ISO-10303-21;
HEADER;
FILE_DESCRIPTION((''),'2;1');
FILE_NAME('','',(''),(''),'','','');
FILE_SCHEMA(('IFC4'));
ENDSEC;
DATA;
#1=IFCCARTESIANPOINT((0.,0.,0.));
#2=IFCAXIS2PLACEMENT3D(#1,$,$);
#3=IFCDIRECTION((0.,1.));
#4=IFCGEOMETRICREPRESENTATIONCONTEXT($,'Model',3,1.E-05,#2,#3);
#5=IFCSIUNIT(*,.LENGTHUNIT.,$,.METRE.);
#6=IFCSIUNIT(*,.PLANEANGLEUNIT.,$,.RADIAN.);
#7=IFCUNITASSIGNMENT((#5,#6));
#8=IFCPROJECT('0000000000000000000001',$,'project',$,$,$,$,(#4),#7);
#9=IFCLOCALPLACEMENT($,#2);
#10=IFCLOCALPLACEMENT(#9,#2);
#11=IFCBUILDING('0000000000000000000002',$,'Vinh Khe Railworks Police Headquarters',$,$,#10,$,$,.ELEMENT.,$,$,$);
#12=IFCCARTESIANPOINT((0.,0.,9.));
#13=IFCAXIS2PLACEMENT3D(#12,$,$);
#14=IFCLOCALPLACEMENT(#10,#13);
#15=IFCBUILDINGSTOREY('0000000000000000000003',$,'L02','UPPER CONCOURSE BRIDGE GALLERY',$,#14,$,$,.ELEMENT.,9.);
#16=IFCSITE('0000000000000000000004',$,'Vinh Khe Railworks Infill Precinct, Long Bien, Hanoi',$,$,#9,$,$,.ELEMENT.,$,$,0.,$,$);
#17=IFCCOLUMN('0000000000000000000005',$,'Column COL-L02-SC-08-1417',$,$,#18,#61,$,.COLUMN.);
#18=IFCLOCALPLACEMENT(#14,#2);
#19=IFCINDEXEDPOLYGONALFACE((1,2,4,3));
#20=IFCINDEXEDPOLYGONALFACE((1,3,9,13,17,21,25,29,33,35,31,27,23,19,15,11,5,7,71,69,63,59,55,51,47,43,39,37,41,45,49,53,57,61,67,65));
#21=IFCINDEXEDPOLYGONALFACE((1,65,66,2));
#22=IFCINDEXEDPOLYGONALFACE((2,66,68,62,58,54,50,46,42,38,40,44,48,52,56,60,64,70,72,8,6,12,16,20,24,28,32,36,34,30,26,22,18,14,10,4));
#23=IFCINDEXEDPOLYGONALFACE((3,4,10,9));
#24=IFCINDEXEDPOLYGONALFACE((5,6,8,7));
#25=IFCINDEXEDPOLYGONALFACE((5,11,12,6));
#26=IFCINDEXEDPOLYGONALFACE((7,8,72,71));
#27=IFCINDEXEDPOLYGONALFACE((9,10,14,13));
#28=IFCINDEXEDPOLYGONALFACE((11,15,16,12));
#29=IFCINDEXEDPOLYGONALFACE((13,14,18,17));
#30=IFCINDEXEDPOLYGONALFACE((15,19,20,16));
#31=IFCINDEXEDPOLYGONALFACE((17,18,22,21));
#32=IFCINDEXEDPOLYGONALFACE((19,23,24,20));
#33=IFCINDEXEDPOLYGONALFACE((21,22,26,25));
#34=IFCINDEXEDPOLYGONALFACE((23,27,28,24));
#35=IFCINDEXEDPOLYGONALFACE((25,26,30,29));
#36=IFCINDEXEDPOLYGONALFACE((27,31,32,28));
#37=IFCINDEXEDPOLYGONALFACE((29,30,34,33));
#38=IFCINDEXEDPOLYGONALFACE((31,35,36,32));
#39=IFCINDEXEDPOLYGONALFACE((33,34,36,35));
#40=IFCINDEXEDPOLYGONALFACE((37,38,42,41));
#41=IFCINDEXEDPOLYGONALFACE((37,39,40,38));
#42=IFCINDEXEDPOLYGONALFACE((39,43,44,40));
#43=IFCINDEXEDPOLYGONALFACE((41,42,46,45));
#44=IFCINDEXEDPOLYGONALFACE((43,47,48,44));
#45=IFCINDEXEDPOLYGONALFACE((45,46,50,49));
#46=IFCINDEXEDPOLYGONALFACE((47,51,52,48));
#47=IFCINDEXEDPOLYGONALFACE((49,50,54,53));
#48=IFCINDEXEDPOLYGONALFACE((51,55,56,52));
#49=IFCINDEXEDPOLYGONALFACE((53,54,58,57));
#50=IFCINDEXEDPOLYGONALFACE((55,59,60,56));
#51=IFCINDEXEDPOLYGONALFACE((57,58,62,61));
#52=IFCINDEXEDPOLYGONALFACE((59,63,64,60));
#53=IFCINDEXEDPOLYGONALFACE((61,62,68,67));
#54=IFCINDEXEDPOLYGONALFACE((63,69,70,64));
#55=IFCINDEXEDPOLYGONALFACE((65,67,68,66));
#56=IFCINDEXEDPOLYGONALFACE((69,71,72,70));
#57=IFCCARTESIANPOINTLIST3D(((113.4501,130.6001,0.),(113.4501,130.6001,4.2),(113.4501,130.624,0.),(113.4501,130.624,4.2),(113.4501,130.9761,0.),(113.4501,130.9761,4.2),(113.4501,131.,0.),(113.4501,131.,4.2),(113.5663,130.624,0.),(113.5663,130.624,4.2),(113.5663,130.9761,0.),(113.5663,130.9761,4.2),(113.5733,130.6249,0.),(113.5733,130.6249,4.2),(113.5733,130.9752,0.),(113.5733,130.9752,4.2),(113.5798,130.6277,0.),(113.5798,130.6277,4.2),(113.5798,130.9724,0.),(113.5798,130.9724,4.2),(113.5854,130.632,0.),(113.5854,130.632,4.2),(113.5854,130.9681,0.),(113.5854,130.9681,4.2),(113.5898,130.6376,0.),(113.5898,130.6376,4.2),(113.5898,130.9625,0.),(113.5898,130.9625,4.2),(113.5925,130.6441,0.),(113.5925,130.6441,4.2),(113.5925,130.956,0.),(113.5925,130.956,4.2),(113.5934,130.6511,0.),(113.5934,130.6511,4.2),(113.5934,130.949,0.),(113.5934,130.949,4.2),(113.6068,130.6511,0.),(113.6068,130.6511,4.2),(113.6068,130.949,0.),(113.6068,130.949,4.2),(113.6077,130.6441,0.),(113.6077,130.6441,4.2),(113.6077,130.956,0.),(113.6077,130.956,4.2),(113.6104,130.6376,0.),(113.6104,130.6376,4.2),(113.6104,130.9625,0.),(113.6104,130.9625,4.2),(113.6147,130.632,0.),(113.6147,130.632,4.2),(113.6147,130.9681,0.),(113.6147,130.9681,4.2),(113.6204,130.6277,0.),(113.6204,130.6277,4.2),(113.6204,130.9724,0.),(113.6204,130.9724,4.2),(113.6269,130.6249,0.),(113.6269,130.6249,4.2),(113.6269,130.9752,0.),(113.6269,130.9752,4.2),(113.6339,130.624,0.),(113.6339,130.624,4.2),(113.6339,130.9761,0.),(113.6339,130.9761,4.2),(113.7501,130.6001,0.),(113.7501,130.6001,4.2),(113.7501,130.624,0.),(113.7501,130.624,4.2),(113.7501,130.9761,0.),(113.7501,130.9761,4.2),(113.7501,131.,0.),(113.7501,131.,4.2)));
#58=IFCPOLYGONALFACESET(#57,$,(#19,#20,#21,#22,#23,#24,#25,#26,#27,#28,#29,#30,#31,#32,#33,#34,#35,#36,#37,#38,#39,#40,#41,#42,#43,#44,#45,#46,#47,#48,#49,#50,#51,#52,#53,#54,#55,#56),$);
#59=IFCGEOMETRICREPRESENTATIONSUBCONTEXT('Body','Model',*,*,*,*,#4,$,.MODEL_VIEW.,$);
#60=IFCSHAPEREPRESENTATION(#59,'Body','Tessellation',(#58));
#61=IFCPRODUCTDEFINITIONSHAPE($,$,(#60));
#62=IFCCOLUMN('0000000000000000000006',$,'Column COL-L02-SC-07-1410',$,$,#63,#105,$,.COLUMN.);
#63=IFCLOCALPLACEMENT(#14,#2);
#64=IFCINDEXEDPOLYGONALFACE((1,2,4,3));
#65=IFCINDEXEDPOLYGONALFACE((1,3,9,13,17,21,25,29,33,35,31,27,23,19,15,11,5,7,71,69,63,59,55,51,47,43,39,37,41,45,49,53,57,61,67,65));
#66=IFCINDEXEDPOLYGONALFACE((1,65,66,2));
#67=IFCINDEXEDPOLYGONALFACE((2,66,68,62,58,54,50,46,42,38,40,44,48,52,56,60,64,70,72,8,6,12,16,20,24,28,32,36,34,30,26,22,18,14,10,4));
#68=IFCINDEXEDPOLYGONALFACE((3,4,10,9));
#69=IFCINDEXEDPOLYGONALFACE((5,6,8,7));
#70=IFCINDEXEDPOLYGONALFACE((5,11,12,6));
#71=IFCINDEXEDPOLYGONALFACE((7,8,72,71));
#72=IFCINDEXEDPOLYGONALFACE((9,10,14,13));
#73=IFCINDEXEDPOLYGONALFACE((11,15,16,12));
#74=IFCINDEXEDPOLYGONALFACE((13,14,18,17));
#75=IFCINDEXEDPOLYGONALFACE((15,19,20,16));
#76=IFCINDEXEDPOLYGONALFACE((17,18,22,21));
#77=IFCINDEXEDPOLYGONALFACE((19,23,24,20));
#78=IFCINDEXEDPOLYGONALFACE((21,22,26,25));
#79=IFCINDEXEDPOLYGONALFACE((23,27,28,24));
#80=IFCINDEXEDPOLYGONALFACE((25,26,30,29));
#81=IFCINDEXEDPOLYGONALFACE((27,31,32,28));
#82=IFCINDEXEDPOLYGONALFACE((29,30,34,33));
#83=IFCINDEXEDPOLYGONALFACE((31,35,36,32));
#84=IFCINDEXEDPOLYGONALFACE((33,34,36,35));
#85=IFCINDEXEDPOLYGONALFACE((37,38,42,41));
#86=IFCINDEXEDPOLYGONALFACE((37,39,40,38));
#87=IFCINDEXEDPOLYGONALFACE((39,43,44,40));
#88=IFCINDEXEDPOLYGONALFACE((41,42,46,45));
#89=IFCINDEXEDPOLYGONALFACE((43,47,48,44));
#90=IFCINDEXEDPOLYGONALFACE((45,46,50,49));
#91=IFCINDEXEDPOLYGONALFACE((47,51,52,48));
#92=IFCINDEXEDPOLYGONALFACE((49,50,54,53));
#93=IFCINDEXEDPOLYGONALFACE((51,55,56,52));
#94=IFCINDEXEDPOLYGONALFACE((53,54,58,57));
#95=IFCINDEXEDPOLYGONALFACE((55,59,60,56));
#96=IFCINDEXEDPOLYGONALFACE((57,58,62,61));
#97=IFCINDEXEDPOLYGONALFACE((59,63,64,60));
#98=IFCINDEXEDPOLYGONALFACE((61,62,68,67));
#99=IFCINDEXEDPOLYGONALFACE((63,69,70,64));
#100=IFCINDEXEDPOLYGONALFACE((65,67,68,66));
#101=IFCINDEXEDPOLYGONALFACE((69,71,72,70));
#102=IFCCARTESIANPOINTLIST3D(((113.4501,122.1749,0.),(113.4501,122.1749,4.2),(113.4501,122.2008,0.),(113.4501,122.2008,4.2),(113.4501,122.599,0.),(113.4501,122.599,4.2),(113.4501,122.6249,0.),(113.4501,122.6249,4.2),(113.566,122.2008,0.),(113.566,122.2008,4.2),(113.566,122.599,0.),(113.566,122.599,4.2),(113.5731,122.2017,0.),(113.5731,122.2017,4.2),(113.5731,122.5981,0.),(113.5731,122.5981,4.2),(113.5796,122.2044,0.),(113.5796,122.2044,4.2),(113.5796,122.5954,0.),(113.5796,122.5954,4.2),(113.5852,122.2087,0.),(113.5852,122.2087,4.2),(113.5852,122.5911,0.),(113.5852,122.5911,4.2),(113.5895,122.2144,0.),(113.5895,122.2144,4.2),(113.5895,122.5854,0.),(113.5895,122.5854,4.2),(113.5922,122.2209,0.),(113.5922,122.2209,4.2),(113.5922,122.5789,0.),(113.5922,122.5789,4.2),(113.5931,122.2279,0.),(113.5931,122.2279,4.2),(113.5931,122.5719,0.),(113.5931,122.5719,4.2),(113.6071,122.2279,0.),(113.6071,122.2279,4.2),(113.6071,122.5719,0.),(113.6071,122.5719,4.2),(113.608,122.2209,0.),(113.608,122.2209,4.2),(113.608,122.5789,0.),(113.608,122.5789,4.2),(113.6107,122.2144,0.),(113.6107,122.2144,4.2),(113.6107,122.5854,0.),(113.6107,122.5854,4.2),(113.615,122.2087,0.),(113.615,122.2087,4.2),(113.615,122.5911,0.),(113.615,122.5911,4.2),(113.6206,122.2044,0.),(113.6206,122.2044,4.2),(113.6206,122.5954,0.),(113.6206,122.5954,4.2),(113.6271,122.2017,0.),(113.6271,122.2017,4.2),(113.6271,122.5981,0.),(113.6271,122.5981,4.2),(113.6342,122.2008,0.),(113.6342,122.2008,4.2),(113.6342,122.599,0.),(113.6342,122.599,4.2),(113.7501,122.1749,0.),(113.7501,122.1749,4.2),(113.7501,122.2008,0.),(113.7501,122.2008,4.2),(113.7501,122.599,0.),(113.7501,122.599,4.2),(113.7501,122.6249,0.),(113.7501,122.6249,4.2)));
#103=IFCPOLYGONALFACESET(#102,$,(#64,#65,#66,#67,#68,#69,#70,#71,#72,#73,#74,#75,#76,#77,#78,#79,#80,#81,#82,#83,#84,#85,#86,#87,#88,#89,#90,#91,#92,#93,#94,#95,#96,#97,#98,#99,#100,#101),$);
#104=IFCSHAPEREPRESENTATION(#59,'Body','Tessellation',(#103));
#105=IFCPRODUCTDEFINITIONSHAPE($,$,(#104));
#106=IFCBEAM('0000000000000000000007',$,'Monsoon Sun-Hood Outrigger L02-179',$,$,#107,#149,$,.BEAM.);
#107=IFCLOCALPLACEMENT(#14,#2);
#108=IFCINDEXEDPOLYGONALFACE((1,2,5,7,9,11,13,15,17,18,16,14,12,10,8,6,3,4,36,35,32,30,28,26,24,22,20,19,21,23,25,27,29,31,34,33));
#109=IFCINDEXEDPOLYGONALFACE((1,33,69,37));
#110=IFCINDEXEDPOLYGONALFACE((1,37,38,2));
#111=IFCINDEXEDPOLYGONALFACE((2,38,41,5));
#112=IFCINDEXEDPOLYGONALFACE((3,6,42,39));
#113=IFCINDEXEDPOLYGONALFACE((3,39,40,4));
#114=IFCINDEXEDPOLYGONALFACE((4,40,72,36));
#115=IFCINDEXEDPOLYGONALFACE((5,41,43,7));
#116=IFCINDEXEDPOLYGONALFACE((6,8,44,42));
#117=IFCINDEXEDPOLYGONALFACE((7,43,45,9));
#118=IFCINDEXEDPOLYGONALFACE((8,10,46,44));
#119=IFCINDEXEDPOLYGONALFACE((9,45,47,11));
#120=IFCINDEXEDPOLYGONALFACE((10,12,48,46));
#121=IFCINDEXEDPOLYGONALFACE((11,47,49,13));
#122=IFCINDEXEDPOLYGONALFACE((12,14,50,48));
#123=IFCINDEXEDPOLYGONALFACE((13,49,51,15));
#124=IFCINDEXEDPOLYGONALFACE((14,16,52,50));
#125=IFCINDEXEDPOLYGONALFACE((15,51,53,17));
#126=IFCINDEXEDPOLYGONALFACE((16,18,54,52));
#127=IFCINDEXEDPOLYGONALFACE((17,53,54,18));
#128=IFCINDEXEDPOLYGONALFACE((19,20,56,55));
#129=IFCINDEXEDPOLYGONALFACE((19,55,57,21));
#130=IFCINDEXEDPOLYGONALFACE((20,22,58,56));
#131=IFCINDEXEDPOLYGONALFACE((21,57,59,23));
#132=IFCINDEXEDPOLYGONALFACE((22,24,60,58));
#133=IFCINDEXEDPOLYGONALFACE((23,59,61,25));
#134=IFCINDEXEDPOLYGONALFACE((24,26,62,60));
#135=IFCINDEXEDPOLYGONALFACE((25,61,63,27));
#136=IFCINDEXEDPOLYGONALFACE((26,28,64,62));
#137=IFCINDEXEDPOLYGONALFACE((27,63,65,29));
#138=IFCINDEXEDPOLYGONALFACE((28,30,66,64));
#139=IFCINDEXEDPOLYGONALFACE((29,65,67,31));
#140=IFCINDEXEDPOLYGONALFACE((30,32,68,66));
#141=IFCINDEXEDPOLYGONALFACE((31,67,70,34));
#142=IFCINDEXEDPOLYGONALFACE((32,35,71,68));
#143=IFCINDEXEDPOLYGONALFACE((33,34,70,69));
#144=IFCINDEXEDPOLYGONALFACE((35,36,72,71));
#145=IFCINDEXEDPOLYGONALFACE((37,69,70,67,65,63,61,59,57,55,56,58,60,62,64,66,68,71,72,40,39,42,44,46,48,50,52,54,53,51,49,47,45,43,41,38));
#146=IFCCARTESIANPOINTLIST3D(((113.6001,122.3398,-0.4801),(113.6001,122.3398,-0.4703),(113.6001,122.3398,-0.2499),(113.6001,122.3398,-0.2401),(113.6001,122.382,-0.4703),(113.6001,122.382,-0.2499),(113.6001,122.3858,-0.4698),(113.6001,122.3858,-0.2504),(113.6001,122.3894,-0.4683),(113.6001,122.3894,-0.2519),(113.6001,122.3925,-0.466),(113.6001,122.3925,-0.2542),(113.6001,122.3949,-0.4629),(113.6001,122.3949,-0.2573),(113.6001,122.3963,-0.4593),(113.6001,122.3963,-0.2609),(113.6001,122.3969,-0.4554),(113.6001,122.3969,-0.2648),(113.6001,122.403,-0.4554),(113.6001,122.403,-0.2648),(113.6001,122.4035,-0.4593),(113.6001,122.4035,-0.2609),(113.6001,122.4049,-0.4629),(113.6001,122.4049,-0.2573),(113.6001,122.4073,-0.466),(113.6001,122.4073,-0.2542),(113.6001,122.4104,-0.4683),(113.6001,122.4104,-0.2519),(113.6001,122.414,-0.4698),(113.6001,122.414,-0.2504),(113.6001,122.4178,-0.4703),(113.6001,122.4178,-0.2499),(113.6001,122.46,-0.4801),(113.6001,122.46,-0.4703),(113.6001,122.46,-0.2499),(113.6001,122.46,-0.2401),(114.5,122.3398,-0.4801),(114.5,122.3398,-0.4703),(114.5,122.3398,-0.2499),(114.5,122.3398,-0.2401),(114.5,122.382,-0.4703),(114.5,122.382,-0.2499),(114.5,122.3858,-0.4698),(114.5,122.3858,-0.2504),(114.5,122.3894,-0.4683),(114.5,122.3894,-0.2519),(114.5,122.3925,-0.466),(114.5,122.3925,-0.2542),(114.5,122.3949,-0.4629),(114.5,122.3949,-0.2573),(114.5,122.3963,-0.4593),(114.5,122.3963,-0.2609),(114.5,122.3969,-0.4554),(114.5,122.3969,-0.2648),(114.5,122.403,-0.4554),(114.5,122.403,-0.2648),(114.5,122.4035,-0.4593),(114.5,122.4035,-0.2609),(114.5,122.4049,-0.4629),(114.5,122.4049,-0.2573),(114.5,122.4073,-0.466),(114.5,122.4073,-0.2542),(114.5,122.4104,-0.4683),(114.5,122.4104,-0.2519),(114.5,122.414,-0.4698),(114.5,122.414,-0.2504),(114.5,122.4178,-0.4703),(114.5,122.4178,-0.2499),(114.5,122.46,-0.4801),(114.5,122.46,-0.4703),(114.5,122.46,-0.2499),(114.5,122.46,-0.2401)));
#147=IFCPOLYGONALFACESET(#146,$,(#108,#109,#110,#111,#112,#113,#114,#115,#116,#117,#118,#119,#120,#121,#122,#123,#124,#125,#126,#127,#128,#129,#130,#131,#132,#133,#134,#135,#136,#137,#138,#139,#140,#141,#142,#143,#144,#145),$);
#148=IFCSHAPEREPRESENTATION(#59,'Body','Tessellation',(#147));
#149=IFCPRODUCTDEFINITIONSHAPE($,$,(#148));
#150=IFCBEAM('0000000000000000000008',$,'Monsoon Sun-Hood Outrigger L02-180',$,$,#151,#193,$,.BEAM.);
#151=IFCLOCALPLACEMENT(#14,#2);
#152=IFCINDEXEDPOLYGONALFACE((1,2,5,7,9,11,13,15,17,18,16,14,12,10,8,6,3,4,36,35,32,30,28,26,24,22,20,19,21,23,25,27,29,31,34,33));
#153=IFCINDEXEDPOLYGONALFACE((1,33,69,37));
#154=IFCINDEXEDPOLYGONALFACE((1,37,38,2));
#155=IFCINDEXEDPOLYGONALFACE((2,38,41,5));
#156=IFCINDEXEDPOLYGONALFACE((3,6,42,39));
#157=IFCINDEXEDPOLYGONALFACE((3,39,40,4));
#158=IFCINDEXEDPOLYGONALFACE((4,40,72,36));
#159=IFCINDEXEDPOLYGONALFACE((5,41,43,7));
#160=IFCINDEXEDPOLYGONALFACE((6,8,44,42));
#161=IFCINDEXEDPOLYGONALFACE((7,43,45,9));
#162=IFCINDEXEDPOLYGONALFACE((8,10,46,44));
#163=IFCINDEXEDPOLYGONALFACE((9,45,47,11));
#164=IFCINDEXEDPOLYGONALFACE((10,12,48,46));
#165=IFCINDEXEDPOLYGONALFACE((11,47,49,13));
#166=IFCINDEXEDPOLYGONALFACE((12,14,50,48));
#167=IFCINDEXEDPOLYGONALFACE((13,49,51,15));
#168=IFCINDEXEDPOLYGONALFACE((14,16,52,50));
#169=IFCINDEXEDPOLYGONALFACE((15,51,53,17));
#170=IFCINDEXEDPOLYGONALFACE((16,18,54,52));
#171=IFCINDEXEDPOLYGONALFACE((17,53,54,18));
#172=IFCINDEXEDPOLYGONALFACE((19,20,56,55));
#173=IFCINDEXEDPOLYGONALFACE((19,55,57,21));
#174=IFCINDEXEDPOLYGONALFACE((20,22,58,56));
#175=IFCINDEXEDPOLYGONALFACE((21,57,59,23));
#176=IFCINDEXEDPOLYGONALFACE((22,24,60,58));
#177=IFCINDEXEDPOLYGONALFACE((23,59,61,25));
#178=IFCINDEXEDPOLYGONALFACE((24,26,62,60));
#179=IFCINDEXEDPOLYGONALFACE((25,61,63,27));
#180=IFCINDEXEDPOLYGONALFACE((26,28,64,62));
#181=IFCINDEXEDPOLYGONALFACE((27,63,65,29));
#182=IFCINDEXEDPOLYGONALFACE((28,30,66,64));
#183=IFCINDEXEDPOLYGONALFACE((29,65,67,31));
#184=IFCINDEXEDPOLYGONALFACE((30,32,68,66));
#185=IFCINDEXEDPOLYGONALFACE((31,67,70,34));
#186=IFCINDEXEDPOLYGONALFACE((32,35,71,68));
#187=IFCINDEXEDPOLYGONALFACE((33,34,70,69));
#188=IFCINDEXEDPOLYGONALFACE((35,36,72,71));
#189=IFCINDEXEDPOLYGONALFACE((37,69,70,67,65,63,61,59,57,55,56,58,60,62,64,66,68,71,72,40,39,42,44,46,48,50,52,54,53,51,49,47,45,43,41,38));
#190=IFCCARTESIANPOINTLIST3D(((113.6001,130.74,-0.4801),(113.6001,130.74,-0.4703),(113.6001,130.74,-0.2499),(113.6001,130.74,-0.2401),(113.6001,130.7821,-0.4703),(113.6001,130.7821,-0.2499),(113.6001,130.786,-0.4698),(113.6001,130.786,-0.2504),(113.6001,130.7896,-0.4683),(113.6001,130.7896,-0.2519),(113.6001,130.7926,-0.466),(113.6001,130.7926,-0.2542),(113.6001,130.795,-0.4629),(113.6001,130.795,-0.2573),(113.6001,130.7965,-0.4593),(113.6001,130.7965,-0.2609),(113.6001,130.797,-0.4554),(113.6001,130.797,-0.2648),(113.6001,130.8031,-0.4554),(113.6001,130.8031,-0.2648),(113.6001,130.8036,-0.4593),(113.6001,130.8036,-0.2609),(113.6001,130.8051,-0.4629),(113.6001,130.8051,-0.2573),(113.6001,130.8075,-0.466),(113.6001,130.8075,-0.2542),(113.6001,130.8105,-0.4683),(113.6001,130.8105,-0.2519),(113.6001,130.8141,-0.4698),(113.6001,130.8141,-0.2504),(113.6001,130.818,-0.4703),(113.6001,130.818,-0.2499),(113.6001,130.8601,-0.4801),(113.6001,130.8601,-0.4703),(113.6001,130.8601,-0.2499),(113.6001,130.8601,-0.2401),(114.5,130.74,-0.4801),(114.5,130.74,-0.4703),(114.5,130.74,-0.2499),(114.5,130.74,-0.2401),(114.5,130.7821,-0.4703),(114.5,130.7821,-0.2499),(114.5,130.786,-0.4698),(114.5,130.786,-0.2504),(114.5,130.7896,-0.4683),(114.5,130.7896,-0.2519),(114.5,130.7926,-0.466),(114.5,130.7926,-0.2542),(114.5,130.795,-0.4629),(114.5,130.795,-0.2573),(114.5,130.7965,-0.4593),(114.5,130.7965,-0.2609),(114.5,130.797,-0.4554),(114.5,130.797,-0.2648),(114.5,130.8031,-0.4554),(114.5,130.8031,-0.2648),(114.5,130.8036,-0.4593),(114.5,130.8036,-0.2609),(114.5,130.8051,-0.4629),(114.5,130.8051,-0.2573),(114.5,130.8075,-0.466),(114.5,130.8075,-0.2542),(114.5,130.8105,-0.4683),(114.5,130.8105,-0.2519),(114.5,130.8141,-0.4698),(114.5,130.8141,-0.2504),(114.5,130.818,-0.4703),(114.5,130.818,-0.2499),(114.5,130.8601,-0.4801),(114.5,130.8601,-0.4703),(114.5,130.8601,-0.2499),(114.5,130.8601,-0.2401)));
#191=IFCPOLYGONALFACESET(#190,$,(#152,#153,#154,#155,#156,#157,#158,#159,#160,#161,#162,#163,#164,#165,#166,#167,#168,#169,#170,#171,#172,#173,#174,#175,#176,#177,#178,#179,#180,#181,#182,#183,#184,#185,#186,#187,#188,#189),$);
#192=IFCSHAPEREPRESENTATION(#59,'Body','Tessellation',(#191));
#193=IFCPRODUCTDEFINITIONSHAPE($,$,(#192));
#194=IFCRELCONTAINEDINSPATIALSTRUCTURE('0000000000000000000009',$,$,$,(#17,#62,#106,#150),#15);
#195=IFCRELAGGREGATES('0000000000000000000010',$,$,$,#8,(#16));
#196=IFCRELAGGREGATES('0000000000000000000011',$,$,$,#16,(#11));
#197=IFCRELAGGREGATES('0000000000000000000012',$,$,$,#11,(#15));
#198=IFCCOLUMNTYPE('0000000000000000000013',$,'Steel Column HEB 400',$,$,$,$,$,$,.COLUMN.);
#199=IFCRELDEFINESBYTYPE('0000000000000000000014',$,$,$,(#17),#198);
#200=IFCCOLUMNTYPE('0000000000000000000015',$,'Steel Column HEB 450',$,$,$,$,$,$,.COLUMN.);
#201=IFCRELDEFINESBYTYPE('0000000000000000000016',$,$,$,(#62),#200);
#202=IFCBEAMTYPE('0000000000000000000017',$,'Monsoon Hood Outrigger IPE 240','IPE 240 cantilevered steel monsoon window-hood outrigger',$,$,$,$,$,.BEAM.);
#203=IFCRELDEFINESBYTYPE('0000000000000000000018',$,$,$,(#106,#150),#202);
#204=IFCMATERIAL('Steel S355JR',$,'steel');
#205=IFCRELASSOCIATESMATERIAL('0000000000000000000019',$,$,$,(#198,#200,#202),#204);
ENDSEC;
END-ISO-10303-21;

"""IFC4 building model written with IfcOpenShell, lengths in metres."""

from ifc_helpers import new_model, si_unit, direction, frame, origin, origin_2d, place, context, subcontext, project, spatial, i_section, extrude, material, material_profile, profile_set, type_object, element, save


model = new_model("IFC4")

# Units and contexts
model_context = context("Model", 3, precision=1e-05, world=origin(), true_north=direction((0.0, 1.0)))
body_context = subcontext(model_context, "Body", "Model", "MODEL_VIEW")
ifc_project = project(units=[si_unit("LENGTHUNIT", "METRE"), si_unit("PLANEANGLEUNIT", "RADIAN")], contexts=[model_context])

# Site, building, storey
site_placement = place(None, origin())
site = spatial("IfcSite", under=ifc_project, at=site_placement, Name="Vinh Khe Railworks Infill Precinct, Long Bien, Hanoi", CompositionType="ELEMENT", RefElevation=0.0)
building_placement = place(site_placement, origin())
building = spatial("IfcBuilding", under=site, at=building_placement, Name="Vinh Khe Railworks Police Headquarters", CompositionType="ELEMENT")
storey_placement = place(building_placement, frame((0.0, 0.0, 9.0)))
storey = spatial("IfcBuildingStorey", under=building, at=storey_placement, Name="L02", Description="UPPER CONCOURSE BRIDGE GALLERY", CompositionType="ELEMENT", Elevation=9.0)

# Columns
ifc_material_1 = material(Name="Steel S355JR", Category="steel")
ifc_material_profile_1 = material_profile(ifc_material_1, i_section(OverallWidth=0.3, OverallDepth=0.3999, WebThickness=0.0134, FlangeThickness=0.0239, FilletRadius=0.0271, at=origin_2d()), Name="HEB 400")
ifc_profile_set_1 = profile_set([ifc_material_profile_1], Name="Steel S355JR")
column_type_1 = type_object("IfcColumnType", Name="Steel Column HEB 400", PredefinedType="COLUMN", material=ifc_profile_set_1)
column_1_placement = place(storey_placement, frame((113.6001, 130.8, 0.0), z_axis=(0.0, 0.0, 1.0), x_axis=(1.0, 0.0, 0.0)))
element("IfcColumn", 1, at=column_1_placement, inside=storey, type_object=column_type_1, Name="Column COL-L02-SC-08-1417", PredefinedType="COLUMN", context=body_context, shape_type="SweptSolid", body=[
    extrude(i_section(OverallWidth=0.3, OverallDepth=0.3999, WebThickness=0.0134, FlangeThickness=0.0239, FilletRadius=0.0271, at=origin_2d()), origin(), (0.0, 0.0, 1.0), 4.2),
])
ifc_material_profile_2 = material_profile(ifc_material_1, i_section(OverallWidth=0.3, OverallDepth=0.45, WebThickness=0.0139, FlangeThickness=0.0259, FilletRadius=0.0271, at=origin_2d()), Name="HEB 450")
ifc_profile_set_2 = profile_set([ifc_material_profile_2], Name="Steel S355JR")
column_type_2 = type_object("IfcColumnType", Name="Steel Column HEB 450", PredefinedType="COLUMN", material=ifc_profile_set_2)
column_2_placement = place(storey_placement, frame((113.6001, 122.3999, 0.0), z_axis=(0.0, 0.0, 1.0), x_axis=(1.0, 0.0, 0.0)))
element("IfcColumn", 2, at=column_2_placement, inside=storey, type_object=column_type_2, Name="Column COL-L02-SC-07-1410", PredefinedType="COLUMN", context=body_context, shape_type="SweptSolid", body=[
    extrude(i_section(OverallWidth=0.3, OverallDepth=0.45, WebThickness=0.0139, FlangeThickness=0.0259, FilletRadius=0.0271, at=origin_2d()), origin(), (0.0, 0.0, 1.0), 4.2),
])

# Beams
ifc_material_profile_3 = material_profile(ifc_material_1, i_section(OverallWidth=0.1201, OverallDepth=0.24, WebThickness=0.0061, FlangeThickness=0.0098, FilletRadius=0.0149, at=origin_2d()), Name="IPE 240")
ifc_profile_set_3 = profile_set([ifc_material_profile_3], Name="Steel S355JR")
beam_type_1 = type_object("IfcBeamType", Name="Monsoon Hood Outrigger IPE 240", Description="IPE 240 cantilevered steel monsoon window-hood outrigger", PredefinedType="BEAM", material=ifc_profile_set_3)
for number, where, z_axis, x_axis, name in (
    (3, (113.6001, 122.3999, -0.3601), (1.0, 0.0, 0.0), (0.0, 1.0, 0.0), "Monsoon Sun-Hood Outrigger L02-179"),
    (4, (113.6001, 130.8, -0.3601), (1.0, 0.0, 0.0), (0.0, 1.0, 0.0), "Monsoon Sun-Hood Outrigger L02-180"),
):
    element("IfcBeam", number, at=place(storey_placement, frame(where, z_axis=z_axis, x_axis=x_axis)), inside=storey, type_object=beam_type_1, Name=name, PredefinedType="BEAM", context=body_context, shape_type="SweptSolid", body=[
        extrude(i_section(OverallWidth=0.1201, OverallDepth=0.24, WebThickness=0.0061, FlangeThickness=0.0098, FilletRadius=0.0149, at=origin_2d()), origin(), (0.0, 0.0, 1.0), 0.8999),
    ])

save(model, "model.ifc")
